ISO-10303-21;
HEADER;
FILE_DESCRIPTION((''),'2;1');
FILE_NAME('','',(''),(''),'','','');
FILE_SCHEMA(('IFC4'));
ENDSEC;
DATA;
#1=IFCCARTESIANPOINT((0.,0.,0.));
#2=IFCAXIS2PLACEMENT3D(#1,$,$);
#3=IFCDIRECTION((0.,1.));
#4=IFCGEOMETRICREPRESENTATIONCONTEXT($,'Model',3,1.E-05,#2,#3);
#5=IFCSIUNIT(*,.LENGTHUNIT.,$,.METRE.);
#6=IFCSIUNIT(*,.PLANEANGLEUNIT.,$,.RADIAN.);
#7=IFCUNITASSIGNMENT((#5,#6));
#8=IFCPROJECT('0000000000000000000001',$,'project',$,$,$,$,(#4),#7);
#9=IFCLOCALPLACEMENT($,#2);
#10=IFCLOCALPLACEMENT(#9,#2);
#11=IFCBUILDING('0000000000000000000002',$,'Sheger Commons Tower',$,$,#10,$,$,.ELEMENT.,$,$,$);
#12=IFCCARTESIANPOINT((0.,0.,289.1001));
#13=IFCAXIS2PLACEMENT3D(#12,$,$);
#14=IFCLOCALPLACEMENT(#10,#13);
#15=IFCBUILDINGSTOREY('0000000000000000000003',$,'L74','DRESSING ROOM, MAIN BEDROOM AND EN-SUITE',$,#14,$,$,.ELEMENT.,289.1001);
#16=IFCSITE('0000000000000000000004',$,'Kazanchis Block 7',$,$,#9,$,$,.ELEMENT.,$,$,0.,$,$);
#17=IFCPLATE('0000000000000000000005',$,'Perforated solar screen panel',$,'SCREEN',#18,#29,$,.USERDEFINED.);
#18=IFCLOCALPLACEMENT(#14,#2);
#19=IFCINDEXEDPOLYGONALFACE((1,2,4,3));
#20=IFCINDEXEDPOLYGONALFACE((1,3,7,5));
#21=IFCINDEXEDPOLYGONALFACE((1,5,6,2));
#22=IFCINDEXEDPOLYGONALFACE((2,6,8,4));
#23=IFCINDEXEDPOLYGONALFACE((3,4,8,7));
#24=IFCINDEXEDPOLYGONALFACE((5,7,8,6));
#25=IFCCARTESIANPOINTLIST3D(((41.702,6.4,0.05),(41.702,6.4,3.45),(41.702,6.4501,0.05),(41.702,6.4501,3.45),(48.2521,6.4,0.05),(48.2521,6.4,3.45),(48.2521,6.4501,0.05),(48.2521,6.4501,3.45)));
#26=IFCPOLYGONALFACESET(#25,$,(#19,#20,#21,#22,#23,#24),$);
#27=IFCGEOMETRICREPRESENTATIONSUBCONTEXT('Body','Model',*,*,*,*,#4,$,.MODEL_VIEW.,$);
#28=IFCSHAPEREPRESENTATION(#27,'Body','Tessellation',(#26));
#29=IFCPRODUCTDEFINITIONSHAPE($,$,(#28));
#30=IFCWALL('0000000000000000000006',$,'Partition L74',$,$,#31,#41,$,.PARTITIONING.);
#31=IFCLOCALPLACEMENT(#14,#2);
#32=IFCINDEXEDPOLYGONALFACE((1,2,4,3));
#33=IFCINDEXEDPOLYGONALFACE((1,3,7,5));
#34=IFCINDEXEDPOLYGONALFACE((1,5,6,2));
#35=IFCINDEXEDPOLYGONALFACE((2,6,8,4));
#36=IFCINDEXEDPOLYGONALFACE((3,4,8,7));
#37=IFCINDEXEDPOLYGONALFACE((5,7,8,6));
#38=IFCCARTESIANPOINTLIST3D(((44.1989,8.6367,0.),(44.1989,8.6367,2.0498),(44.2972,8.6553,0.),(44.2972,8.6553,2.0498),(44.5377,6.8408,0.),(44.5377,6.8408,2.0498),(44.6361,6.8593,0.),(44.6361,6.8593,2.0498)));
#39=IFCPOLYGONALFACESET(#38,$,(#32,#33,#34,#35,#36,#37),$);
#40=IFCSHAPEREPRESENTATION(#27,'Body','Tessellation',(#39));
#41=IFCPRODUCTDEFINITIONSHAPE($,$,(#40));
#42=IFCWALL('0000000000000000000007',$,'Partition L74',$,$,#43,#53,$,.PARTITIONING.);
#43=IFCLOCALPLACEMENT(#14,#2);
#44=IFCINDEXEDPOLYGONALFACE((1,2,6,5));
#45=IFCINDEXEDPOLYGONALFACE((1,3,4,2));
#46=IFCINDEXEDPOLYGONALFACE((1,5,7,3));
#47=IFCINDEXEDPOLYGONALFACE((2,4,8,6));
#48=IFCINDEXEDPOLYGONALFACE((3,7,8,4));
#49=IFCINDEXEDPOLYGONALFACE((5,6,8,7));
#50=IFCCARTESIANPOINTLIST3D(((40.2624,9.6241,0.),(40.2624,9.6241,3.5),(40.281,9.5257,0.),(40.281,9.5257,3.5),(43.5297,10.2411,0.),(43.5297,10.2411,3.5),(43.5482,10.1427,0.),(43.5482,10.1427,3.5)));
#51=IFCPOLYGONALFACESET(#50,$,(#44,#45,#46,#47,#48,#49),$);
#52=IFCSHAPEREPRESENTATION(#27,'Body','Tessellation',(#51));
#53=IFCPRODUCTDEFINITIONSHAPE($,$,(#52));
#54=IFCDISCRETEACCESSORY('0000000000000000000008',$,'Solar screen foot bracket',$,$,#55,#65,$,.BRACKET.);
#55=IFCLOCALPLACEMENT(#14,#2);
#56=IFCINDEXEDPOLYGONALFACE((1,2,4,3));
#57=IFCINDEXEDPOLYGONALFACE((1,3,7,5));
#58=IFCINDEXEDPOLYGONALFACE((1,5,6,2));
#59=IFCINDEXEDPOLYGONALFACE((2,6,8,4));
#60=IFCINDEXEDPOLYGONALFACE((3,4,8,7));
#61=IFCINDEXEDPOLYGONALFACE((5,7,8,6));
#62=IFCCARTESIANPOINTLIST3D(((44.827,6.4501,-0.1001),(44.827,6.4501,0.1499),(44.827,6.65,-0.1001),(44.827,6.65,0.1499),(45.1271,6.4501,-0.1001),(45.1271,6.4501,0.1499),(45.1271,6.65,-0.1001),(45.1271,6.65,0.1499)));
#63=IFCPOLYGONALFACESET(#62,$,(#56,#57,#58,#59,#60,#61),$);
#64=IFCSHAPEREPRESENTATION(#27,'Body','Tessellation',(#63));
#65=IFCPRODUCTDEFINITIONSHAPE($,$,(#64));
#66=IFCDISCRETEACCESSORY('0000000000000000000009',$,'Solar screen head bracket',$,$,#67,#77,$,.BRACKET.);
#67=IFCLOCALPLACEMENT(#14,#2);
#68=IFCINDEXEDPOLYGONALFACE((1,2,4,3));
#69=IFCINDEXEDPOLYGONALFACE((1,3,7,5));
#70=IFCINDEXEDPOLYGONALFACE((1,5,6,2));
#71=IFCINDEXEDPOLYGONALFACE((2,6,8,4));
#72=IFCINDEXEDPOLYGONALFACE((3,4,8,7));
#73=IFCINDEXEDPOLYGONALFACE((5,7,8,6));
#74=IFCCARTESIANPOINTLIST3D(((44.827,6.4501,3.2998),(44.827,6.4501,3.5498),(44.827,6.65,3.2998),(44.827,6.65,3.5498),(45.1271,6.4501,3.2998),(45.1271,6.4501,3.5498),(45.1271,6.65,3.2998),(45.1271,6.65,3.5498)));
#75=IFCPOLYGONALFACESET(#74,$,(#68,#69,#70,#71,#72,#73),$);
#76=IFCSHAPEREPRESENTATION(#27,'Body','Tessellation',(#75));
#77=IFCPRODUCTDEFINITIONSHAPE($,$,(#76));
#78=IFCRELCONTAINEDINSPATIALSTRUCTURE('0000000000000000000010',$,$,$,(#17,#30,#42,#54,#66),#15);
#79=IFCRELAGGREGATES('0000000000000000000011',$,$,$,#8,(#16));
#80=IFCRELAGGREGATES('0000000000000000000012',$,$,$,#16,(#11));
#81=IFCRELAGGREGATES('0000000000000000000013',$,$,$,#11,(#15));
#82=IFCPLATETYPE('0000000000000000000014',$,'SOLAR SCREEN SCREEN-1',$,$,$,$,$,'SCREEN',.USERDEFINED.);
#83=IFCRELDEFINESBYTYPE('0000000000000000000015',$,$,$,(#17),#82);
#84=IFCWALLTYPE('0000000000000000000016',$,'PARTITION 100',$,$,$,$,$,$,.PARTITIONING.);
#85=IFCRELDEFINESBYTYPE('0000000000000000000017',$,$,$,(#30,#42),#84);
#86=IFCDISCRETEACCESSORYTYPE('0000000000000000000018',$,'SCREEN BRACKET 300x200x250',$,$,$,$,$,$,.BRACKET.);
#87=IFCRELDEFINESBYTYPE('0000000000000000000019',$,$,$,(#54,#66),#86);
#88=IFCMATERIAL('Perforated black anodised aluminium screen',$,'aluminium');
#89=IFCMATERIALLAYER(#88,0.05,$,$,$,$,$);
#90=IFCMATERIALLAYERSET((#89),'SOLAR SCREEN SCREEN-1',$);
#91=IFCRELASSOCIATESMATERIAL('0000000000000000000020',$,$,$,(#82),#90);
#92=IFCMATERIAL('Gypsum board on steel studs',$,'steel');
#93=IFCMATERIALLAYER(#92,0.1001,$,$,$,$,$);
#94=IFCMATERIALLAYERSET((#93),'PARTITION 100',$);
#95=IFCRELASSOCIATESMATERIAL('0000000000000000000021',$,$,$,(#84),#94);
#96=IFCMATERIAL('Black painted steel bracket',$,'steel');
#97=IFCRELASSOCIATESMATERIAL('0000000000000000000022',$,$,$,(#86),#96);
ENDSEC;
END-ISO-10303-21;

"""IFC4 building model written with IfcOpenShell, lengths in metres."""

from ifc_helpers import new_model, si_unit, direction, frame, frame_2d, origin, origin_2d, place, context, subcontext, project, spatial, rectangle, extrude, material, layer, layer_set, type_object, element, save


model = new_model("IFC4")

# Units and contexts
model_context = context("Model", 3, precision=1e-05, world=origin(), true_north=direction((0.0, 1.0)))
body_context = subcontext(model_context, "Body", "Model", "MODEL_VIEW")
ifc_project = project(units=[si_unit("LENGTHUNIT", "METRE"), si_unit("PLANEANGLEUNIT", "RADIAN")], contexts=[model_context])

# Site, building, storey
site_placement = place(None, origin())
site = spatial("IfcSite", under=ifc_project, at=site_placement, Name="Kazanchis Block 7", CompositionType="ELEMENT", RefElevation=0.0)
building_placement = place(site_placement, origin())
building = spatial("IfcBuilding", under=site, at=building_placement, Name="Sheger Commons Tower", CompositionType="ELEMENT")
storey_placement = place(building_placement, frame((0.0, 0.0, 289.1001)))
storey = spatial("IfcBuildingStorey", under=building, at=storey_placement, Name="L74", Description="DRESSING ROOM, MAIN BEDROOM AND EN-SUITE", CompositionType="ELEMENT", Elevation=289.1001)

# Plate
ifc_material_1 = material(Name="Perforated black anodised aluminium screen", Category="aluminium")
ifc_layer_1 = layer(ifc_material_1, 0.05)
ifc_layer_set_1 = layer_set([ifc_layer_1], Name="SOLAR SCREEN SCREEN-1")
plate_type_1 = type_object("IfcPlateType", Name="SOLAR SCREEN SCREEN-1", ElementType="SCREEN", PredefinedType="USERDEFINED", material=ifc_layer_set_1)
plate_1_placement = place(storey_placement, frame((44.9771, 6.425, 0.05), z_axis=(0.0, 0.0, 1.0), x_axis=(1.0, 0.0, 0.0)))
element("IfcPlate", 1, at=plate_1_placement, inside=storey, type_object=plate_type_1, Name="Perforated solar screen panel", ObjectType="SCREEN", PredefinedType="USERDEFINED", context=body_context, shape_type="SweptSolid", body=[
    extrude(rectangle(XDim=6.55, YDim=0.05, at=origin_2d()), origin(), (0.0, 0.0, 1.0), 3.3999),
])

# Walls
ifc_material_2 = material(Name="Gypsum board on steel studs", Category="steel")
ifc_layer_2 = layer(ifc_material_2, 0.1001)
ifc_layer_set_2 = layer_set([ifc_layer_2], Name="PARTITION 100")
wall_type = type_object("IfcWallType", Name="PARTITION 100", PredefinedType="PARTITIONING", material=ifc_layer_set_2)
wall_1_placement = place(storey_placement, frame((44.248, 8.646, 0.0), z_axis=(0.0, 0.0, 1.0), x_axis=(0.185418, -0.98266, 0.0)))
element("IfcWall", 2, at=wall_1_placement, inside=storey, type_object=wall_type, Name="Partition L74", PredefinedType="PARTITIONING", context=body_context, shape_type="SweptSolid", body=[
    extrude(rectangle(XDim=1.8276, YDim=0.1001, at=frame_2d((0.9138, 0.0))), origin(), (0.0, 0.0, 1.0), 2.0498),
])
wall_2_placement = place(storey_placement, frame((43.5391, 10.1919, 0.0), z_axis=(0.0, 0.0, 1.0), x_axis=(-0.982634, -0.185556, 0.0)))
element("IfcWall", 3, at=wall_2_placement, inside=storey, type_object=wall_type, Name="Partition L74", PredefinedType="PARTITIONING", context=body_context, shape_type="SweptSolid", body=[
    extrude(rectangle(XDim=3.325, YDim=0.1001, at=frame_2d((1.6626, 0.0))), origin(), (0.0, 0.0, 1.0), 3.5),
])

# Discrete accessories
ifc_material_3 = material(Name="Black painted steel bracket", Category="steel")
discrete_accessory_type = type_object("IfcDiscreteAccessoryType", Name="SCREEN BRACKET 300x200x250", PredefinedType="BRACKET", material=ifc_material_3)
for number, where, z_axis, x_axis, name in (
    (4, (44.9771, 6.55, -0.1001), (0.0, 0.0, 1.0), (1.0, 0.0, 0.0), "Solar screen foot bracket"),
    (5, (44.9771, 6.55, 3.2998), (0.0, 0.0, 1.0), (1.0, 0.0, 0.0), "Solar screen head bracket"),
):
    element("IfcDiscreteAccessory", number, at=place(storey_placement, frame(where, z_axis=z_axis, x_axis=x_axis)), inside=storey, type_object=discrete_accessory_type, Name=name, PredefinedType="BRACKET", context=body_context, shape_type="SweptSolid", body=[
        extrude(rectangle(XDim=0.3, YDim=0.2, at=origin_2d()), origin(), (0.0, 0.0, 1.0), 0.25),
    ])

save(model, "model.ifc")
